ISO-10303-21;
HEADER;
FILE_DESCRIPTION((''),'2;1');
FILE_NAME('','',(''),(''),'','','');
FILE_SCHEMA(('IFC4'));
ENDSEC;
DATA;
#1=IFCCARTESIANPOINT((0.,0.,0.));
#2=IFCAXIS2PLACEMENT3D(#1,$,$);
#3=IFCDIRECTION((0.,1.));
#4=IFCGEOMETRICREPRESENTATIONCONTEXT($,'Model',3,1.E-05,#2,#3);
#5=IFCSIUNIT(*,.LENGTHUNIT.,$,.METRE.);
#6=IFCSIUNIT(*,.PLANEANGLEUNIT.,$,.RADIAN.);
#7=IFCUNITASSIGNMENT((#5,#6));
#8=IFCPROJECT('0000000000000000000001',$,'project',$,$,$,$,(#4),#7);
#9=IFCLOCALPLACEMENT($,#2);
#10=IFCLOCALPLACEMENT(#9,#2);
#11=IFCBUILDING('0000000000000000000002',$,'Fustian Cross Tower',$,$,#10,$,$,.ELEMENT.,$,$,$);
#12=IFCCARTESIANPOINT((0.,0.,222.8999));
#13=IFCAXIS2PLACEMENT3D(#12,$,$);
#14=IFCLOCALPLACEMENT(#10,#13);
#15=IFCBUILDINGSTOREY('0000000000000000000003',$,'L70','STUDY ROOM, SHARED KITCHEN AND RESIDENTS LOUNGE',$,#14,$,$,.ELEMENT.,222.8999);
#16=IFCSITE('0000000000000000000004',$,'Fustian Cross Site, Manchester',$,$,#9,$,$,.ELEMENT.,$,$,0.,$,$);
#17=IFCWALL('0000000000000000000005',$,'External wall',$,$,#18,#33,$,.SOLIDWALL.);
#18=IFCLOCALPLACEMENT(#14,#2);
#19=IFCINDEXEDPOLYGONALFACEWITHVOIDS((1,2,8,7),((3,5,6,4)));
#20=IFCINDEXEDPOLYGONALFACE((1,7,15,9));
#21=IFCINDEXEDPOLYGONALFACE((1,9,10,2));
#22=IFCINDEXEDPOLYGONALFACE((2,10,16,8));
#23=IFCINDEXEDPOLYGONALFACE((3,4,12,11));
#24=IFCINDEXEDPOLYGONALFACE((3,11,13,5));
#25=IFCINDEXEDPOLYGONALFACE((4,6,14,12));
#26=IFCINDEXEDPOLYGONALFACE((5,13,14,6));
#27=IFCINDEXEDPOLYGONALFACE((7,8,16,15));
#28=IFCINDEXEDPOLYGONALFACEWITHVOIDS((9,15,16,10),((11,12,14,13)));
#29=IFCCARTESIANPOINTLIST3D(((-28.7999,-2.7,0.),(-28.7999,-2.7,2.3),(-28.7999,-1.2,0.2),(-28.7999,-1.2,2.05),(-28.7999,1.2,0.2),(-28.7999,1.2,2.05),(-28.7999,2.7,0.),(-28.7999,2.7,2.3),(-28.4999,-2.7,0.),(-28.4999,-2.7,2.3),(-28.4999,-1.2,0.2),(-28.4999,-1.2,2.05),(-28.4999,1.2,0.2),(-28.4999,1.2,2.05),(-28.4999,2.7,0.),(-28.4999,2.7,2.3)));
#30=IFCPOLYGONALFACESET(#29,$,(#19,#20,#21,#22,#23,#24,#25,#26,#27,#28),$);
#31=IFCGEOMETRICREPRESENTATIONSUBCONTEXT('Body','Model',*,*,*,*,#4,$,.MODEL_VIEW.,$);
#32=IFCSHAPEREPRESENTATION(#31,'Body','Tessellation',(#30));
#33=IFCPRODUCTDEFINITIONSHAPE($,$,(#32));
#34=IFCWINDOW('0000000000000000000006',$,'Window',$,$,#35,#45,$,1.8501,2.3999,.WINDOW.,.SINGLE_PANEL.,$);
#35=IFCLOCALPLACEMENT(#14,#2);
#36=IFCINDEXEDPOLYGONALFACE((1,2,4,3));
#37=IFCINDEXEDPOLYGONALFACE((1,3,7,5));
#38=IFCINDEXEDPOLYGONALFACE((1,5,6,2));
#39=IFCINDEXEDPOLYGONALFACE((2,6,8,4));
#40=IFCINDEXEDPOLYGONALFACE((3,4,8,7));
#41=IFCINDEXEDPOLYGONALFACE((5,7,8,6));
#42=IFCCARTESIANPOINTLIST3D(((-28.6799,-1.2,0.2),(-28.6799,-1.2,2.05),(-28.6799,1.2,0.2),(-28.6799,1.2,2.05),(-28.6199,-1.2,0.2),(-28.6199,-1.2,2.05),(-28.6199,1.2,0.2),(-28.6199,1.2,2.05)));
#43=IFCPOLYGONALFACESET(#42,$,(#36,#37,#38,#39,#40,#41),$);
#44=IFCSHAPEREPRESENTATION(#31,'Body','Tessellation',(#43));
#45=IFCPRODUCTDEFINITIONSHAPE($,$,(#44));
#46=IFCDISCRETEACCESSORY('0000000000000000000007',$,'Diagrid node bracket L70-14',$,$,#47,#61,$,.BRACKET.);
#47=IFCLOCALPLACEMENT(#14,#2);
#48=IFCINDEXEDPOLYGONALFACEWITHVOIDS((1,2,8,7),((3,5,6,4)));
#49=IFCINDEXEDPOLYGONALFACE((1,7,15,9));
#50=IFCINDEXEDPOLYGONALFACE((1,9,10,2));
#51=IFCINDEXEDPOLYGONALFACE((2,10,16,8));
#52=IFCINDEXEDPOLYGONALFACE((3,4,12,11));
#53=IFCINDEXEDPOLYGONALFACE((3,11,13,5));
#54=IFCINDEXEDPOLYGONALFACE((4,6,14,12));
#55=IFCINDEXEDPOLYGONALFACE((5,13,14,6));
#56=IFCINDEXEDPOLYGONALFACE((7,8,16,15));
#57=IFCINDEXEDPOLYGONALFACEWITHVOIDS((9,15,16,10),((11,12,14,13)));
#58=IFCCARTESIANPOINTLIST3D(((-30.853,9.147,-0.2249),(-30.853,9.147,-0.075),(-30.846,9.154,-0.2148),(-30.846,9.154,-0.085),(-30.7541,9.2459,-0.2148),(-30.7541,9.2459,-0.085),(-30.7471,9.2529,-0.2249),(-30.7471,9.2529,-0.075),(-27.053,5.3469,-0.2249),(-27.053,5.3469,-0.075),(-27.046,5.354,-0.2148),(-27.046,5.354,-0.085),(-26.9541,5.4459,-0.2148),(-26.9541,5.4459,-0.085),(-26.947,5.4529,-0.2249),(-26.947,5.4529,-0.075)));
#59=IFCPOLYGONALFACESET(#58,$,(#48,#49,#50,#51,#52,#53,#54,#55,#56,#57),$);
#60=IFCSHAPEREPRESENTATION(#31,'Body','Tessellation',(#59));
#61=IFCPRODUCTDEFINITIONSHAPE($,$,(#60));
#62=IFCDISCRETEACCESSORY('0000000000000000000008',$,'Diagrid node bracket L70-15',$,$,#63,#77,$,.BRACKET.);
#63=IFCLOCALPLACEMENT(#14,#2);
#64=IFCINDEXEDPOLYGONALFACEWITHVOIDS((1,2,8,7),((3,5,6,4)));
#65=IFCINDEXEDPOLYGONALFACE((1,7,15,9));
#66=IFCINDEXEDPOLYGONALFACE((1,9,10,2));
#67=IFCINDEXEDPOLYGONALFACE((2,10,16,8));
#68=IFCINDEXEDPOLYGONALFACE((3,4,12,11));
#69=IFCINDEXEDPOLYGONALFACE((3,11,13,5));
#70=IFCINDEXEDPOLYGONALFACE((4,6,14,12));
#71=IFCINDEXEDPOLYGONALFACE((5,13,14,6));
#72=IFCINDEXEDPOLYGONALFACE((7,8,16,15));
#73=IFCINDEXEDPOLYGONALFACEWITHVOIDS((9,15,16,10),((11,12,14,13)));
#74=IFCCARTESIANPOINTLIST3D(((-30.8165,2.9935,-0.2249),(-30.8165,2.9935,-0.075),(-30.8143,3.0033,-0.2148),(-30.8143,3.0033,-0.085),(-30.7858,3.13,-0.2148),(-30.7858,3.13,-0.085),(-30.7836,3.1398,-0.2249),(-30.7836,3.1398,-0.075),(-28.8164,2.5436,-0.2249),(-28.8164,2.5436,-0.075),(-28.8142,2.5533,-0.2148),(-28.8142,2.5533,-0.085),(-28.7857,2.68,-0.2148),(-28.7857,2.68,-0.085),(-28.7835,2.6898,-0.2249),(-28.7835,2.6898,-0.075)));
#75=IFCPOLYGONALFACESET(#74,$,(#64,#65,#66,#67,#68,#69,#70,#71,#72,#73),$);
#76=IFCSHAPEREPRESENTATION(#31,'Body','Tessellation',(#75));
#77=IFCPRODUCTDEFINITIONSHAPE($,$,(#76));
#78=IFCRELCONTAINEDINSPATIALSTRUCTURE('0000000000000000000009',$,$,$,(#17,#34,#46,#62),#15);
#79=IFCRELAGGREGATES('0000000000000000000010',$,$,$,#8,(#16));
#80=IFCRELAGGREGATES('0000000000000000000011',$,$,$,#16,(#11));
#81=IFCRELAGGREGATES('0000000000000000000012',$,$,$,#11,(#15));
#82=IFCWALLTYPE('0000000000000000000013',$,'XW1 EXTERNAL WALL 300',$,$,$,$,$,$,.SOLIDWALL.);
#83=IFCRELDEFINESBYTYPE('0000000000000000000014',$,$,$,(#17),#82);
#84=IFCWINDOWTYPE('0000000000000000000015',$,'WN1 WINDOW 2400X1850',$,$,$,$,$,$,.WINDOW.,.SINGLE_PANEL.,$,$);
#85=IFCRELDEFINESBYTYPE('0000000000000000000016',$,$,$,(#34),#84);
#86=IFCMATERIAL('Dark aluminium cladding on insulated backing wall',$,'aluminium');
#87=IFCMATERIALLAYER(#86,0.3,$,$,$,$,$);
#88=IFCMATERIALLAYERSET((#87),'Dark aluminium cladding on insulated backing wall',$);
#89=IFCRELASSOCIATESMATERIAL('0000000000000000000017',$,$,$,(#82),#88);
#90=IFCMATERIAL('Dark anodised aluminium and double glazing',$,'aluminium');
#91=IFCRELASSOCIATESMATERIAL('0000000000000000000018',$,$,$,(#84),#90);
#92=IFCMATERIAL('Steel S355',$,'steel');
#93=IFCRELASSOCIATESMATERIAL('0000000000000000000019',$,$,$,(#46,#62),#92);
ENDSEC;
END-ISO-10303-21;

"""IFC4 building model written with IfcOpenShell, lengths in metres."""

from ifc_helpers import new_model, si_unit, direction, frame, frame_2d, origin, origin_2d, place, context, subcontext, project, spatial, rectangle, hollow_rectangle, extrude, material, layer, layer_set, type_object, element, fill, save


model = new_model("IFC4")

# Units and contexts
model_context = context("Model", 3, precision=1e-05, world=origin(), true_north=direction((0.0, 1.0)))
body_context = subcontext(model_context, "Body", "Model", "MODEL_VIEW")
ifc_project = project(units=[si_unit("LENGTHUNIT", "METRE"), si_unit("PLANEANGLEUNIT", "RADIAN")], contexts=[model_context])

# Site, building, storey
site_placement = place(None, origin())
site = spatial("IfcSite", under=ifc_project, at=site_placement, Name="Fustian Cross Site, Manchester", CompositionType="ELEMENT", RefElevation=0.0)
building_placement = place(site_placement, origin())
building = spatial("IfcBuilding", under=site, at=building_placement, Name="Fustian Cross Tower", CompositionType="ELEMENT")
storey_placement = place(building_placement, frame((0.0, 0.0, 222.8999)))
storey = spatial("IfcBuildingStorey", under=building, at=storey_placement, Name="L70", Description="STUDY ROOM, SHARED KITCHEN AND RESIDENTS LOUNGE", CompositionType="ELEMENT", Elevation=222.8999)

# Shared definitions
ifc_material_1 = material(Name="Dark aluminium cladding on insulated backing wall", Category="aluminium")
ifc_layer_1 = layer(ifc_material_1, 0.3)
ifc_layer_set_1 = layer_set([ifc_layer_1], Name="Dark aluminium cladding on insulated backing wall")
wall_type_1 = type_object("IfcWallType", Name="XW1 EXTERNAL WALL 300", PredefinedType="SOLIDWALL", material=ifc_layer_set_1)

# Wall, opening, window
wall_1_placement = place(storey_placement, frame((-28.6499, 2.7, 0.0), z_axis=(0.0, 0.0, 1.0), x_axis=(0.0, -1.0, 0.0)))
wall_1 = element("IfcWall", 1, at=wall_1_placement, inside=storey, type_object=wall_type_1, Name="External wall", PredefinedType="SOLIDWALL", context=body_context, shape_type="SweptSolid", body=[
    extrude(rectangle(XDim=5.3999, YDim=0.3, at=frame_2d((2.7, 0.0))), origin(), (0.0, 0.0, 1.0), 2.3),
])
opening_1_placement = place(wall_1_placement, frame((1.5, 0.0, 0.2)))
opening_1 = element("IfcOpeningElement", 2, at=opening_1_placement, cuts=wall_1, PredefinedType="OPENING", context=body_context, shape_type="SweptSolid", body=[
    extrude(rectangle(XDim=2.3999, YDim=1.8501, at=frame_2d((1.2, 0.925))), frame((0.0, 0.1599, 0.0), z_axis=(0.0, -1.0, 0.0), x_axis=(1.0, 0.0, 0.0)), (0.0, 0.0, 1.0), 0.3201),
])
ifc_material_2 = material(Name="Dark anodised aluminium and double glazing", Category="aluminium")
window_type_1 = type_object("IfcWindowType", Name="WN1 WINDOW 2400X1850", PartitioningType="SINGLE_PANEL", PredefinedType="WINDOW", material=ifc_material_2)
window_1_placement = place(opening_1_placement, origin())
window_1 = element("IfcWindow", 3, at=window_1_placement, inside=storey, type_object=window_type_1, Name="Window", OverallHeight=1.8501, OverallWidth=2.3999, PartitioningType="SINGLE_PANEL", PredefinedType="WINDOW", context=body_context, shape_type="SweptSolid", body=[
    extrude(rectangle(XDim=2.3999, YDim=1.8501, at=frame_2d((1.2, 0.925))), frame((0.0, 0.03, 0.0), z_axis=(0.0, -1.0, 0.0), x_axis=(1.0, 0.0, 0.0)), (0.0, 0.0, 1.0), 0.0601),
])
fill(opening_1, window_1)

# Discrete accessories
ifc_material_3 = material(Name="Steel S355", Category="steel")
discrete_accessory_1_placement = place(storey_placement, frame((-30.8, 9.2, -0.1499), z_axis=(0.707107, -0.707107, 0.0), x_axis=(0.707107, 0.707107, 0.0)))
element("IfcDiscreteAccessory", 4, at=discrete_accessory_1_placement, inside=storey, material=ifc_material_3, Name="Diagrid node bracket L70-14", PredefinedType="BRACKET", context=body_context, shape_type="SweptSolid", body=[
    extrude(hollow_rectangle(XDim=0.1499, YDim=0.1499, WallThickness=0.01, at=origin_2d()), origin(), (0.0, 0.0, 1.0), 5.374),
])
discrete_accessory_2_placement = place(storey_placement, frame((-30.8, 3.0667, -0.1499), z_axis=(0.975615, -0.21949, 0.0), x_axis=(0.21949, 0.975615, 0.0)))
element("IfcDiscreteAccessory", 5, at=discrete_accessory_2_placement, inside=storey, material=ifc_material_3, Name="Diagrid node bracket L70-15", PredefinedType="BRACKET", context=body_context, shape_type="SweptSolid", body=[
    extrude(hollow_rectangle(XDim=0.1499, YDim=0.1499, WallThickness=0.01, at=origin_2d()), origin(), (0.0, 0.0, 1.0), 2.05),
])

save(model, "model.ifc")
